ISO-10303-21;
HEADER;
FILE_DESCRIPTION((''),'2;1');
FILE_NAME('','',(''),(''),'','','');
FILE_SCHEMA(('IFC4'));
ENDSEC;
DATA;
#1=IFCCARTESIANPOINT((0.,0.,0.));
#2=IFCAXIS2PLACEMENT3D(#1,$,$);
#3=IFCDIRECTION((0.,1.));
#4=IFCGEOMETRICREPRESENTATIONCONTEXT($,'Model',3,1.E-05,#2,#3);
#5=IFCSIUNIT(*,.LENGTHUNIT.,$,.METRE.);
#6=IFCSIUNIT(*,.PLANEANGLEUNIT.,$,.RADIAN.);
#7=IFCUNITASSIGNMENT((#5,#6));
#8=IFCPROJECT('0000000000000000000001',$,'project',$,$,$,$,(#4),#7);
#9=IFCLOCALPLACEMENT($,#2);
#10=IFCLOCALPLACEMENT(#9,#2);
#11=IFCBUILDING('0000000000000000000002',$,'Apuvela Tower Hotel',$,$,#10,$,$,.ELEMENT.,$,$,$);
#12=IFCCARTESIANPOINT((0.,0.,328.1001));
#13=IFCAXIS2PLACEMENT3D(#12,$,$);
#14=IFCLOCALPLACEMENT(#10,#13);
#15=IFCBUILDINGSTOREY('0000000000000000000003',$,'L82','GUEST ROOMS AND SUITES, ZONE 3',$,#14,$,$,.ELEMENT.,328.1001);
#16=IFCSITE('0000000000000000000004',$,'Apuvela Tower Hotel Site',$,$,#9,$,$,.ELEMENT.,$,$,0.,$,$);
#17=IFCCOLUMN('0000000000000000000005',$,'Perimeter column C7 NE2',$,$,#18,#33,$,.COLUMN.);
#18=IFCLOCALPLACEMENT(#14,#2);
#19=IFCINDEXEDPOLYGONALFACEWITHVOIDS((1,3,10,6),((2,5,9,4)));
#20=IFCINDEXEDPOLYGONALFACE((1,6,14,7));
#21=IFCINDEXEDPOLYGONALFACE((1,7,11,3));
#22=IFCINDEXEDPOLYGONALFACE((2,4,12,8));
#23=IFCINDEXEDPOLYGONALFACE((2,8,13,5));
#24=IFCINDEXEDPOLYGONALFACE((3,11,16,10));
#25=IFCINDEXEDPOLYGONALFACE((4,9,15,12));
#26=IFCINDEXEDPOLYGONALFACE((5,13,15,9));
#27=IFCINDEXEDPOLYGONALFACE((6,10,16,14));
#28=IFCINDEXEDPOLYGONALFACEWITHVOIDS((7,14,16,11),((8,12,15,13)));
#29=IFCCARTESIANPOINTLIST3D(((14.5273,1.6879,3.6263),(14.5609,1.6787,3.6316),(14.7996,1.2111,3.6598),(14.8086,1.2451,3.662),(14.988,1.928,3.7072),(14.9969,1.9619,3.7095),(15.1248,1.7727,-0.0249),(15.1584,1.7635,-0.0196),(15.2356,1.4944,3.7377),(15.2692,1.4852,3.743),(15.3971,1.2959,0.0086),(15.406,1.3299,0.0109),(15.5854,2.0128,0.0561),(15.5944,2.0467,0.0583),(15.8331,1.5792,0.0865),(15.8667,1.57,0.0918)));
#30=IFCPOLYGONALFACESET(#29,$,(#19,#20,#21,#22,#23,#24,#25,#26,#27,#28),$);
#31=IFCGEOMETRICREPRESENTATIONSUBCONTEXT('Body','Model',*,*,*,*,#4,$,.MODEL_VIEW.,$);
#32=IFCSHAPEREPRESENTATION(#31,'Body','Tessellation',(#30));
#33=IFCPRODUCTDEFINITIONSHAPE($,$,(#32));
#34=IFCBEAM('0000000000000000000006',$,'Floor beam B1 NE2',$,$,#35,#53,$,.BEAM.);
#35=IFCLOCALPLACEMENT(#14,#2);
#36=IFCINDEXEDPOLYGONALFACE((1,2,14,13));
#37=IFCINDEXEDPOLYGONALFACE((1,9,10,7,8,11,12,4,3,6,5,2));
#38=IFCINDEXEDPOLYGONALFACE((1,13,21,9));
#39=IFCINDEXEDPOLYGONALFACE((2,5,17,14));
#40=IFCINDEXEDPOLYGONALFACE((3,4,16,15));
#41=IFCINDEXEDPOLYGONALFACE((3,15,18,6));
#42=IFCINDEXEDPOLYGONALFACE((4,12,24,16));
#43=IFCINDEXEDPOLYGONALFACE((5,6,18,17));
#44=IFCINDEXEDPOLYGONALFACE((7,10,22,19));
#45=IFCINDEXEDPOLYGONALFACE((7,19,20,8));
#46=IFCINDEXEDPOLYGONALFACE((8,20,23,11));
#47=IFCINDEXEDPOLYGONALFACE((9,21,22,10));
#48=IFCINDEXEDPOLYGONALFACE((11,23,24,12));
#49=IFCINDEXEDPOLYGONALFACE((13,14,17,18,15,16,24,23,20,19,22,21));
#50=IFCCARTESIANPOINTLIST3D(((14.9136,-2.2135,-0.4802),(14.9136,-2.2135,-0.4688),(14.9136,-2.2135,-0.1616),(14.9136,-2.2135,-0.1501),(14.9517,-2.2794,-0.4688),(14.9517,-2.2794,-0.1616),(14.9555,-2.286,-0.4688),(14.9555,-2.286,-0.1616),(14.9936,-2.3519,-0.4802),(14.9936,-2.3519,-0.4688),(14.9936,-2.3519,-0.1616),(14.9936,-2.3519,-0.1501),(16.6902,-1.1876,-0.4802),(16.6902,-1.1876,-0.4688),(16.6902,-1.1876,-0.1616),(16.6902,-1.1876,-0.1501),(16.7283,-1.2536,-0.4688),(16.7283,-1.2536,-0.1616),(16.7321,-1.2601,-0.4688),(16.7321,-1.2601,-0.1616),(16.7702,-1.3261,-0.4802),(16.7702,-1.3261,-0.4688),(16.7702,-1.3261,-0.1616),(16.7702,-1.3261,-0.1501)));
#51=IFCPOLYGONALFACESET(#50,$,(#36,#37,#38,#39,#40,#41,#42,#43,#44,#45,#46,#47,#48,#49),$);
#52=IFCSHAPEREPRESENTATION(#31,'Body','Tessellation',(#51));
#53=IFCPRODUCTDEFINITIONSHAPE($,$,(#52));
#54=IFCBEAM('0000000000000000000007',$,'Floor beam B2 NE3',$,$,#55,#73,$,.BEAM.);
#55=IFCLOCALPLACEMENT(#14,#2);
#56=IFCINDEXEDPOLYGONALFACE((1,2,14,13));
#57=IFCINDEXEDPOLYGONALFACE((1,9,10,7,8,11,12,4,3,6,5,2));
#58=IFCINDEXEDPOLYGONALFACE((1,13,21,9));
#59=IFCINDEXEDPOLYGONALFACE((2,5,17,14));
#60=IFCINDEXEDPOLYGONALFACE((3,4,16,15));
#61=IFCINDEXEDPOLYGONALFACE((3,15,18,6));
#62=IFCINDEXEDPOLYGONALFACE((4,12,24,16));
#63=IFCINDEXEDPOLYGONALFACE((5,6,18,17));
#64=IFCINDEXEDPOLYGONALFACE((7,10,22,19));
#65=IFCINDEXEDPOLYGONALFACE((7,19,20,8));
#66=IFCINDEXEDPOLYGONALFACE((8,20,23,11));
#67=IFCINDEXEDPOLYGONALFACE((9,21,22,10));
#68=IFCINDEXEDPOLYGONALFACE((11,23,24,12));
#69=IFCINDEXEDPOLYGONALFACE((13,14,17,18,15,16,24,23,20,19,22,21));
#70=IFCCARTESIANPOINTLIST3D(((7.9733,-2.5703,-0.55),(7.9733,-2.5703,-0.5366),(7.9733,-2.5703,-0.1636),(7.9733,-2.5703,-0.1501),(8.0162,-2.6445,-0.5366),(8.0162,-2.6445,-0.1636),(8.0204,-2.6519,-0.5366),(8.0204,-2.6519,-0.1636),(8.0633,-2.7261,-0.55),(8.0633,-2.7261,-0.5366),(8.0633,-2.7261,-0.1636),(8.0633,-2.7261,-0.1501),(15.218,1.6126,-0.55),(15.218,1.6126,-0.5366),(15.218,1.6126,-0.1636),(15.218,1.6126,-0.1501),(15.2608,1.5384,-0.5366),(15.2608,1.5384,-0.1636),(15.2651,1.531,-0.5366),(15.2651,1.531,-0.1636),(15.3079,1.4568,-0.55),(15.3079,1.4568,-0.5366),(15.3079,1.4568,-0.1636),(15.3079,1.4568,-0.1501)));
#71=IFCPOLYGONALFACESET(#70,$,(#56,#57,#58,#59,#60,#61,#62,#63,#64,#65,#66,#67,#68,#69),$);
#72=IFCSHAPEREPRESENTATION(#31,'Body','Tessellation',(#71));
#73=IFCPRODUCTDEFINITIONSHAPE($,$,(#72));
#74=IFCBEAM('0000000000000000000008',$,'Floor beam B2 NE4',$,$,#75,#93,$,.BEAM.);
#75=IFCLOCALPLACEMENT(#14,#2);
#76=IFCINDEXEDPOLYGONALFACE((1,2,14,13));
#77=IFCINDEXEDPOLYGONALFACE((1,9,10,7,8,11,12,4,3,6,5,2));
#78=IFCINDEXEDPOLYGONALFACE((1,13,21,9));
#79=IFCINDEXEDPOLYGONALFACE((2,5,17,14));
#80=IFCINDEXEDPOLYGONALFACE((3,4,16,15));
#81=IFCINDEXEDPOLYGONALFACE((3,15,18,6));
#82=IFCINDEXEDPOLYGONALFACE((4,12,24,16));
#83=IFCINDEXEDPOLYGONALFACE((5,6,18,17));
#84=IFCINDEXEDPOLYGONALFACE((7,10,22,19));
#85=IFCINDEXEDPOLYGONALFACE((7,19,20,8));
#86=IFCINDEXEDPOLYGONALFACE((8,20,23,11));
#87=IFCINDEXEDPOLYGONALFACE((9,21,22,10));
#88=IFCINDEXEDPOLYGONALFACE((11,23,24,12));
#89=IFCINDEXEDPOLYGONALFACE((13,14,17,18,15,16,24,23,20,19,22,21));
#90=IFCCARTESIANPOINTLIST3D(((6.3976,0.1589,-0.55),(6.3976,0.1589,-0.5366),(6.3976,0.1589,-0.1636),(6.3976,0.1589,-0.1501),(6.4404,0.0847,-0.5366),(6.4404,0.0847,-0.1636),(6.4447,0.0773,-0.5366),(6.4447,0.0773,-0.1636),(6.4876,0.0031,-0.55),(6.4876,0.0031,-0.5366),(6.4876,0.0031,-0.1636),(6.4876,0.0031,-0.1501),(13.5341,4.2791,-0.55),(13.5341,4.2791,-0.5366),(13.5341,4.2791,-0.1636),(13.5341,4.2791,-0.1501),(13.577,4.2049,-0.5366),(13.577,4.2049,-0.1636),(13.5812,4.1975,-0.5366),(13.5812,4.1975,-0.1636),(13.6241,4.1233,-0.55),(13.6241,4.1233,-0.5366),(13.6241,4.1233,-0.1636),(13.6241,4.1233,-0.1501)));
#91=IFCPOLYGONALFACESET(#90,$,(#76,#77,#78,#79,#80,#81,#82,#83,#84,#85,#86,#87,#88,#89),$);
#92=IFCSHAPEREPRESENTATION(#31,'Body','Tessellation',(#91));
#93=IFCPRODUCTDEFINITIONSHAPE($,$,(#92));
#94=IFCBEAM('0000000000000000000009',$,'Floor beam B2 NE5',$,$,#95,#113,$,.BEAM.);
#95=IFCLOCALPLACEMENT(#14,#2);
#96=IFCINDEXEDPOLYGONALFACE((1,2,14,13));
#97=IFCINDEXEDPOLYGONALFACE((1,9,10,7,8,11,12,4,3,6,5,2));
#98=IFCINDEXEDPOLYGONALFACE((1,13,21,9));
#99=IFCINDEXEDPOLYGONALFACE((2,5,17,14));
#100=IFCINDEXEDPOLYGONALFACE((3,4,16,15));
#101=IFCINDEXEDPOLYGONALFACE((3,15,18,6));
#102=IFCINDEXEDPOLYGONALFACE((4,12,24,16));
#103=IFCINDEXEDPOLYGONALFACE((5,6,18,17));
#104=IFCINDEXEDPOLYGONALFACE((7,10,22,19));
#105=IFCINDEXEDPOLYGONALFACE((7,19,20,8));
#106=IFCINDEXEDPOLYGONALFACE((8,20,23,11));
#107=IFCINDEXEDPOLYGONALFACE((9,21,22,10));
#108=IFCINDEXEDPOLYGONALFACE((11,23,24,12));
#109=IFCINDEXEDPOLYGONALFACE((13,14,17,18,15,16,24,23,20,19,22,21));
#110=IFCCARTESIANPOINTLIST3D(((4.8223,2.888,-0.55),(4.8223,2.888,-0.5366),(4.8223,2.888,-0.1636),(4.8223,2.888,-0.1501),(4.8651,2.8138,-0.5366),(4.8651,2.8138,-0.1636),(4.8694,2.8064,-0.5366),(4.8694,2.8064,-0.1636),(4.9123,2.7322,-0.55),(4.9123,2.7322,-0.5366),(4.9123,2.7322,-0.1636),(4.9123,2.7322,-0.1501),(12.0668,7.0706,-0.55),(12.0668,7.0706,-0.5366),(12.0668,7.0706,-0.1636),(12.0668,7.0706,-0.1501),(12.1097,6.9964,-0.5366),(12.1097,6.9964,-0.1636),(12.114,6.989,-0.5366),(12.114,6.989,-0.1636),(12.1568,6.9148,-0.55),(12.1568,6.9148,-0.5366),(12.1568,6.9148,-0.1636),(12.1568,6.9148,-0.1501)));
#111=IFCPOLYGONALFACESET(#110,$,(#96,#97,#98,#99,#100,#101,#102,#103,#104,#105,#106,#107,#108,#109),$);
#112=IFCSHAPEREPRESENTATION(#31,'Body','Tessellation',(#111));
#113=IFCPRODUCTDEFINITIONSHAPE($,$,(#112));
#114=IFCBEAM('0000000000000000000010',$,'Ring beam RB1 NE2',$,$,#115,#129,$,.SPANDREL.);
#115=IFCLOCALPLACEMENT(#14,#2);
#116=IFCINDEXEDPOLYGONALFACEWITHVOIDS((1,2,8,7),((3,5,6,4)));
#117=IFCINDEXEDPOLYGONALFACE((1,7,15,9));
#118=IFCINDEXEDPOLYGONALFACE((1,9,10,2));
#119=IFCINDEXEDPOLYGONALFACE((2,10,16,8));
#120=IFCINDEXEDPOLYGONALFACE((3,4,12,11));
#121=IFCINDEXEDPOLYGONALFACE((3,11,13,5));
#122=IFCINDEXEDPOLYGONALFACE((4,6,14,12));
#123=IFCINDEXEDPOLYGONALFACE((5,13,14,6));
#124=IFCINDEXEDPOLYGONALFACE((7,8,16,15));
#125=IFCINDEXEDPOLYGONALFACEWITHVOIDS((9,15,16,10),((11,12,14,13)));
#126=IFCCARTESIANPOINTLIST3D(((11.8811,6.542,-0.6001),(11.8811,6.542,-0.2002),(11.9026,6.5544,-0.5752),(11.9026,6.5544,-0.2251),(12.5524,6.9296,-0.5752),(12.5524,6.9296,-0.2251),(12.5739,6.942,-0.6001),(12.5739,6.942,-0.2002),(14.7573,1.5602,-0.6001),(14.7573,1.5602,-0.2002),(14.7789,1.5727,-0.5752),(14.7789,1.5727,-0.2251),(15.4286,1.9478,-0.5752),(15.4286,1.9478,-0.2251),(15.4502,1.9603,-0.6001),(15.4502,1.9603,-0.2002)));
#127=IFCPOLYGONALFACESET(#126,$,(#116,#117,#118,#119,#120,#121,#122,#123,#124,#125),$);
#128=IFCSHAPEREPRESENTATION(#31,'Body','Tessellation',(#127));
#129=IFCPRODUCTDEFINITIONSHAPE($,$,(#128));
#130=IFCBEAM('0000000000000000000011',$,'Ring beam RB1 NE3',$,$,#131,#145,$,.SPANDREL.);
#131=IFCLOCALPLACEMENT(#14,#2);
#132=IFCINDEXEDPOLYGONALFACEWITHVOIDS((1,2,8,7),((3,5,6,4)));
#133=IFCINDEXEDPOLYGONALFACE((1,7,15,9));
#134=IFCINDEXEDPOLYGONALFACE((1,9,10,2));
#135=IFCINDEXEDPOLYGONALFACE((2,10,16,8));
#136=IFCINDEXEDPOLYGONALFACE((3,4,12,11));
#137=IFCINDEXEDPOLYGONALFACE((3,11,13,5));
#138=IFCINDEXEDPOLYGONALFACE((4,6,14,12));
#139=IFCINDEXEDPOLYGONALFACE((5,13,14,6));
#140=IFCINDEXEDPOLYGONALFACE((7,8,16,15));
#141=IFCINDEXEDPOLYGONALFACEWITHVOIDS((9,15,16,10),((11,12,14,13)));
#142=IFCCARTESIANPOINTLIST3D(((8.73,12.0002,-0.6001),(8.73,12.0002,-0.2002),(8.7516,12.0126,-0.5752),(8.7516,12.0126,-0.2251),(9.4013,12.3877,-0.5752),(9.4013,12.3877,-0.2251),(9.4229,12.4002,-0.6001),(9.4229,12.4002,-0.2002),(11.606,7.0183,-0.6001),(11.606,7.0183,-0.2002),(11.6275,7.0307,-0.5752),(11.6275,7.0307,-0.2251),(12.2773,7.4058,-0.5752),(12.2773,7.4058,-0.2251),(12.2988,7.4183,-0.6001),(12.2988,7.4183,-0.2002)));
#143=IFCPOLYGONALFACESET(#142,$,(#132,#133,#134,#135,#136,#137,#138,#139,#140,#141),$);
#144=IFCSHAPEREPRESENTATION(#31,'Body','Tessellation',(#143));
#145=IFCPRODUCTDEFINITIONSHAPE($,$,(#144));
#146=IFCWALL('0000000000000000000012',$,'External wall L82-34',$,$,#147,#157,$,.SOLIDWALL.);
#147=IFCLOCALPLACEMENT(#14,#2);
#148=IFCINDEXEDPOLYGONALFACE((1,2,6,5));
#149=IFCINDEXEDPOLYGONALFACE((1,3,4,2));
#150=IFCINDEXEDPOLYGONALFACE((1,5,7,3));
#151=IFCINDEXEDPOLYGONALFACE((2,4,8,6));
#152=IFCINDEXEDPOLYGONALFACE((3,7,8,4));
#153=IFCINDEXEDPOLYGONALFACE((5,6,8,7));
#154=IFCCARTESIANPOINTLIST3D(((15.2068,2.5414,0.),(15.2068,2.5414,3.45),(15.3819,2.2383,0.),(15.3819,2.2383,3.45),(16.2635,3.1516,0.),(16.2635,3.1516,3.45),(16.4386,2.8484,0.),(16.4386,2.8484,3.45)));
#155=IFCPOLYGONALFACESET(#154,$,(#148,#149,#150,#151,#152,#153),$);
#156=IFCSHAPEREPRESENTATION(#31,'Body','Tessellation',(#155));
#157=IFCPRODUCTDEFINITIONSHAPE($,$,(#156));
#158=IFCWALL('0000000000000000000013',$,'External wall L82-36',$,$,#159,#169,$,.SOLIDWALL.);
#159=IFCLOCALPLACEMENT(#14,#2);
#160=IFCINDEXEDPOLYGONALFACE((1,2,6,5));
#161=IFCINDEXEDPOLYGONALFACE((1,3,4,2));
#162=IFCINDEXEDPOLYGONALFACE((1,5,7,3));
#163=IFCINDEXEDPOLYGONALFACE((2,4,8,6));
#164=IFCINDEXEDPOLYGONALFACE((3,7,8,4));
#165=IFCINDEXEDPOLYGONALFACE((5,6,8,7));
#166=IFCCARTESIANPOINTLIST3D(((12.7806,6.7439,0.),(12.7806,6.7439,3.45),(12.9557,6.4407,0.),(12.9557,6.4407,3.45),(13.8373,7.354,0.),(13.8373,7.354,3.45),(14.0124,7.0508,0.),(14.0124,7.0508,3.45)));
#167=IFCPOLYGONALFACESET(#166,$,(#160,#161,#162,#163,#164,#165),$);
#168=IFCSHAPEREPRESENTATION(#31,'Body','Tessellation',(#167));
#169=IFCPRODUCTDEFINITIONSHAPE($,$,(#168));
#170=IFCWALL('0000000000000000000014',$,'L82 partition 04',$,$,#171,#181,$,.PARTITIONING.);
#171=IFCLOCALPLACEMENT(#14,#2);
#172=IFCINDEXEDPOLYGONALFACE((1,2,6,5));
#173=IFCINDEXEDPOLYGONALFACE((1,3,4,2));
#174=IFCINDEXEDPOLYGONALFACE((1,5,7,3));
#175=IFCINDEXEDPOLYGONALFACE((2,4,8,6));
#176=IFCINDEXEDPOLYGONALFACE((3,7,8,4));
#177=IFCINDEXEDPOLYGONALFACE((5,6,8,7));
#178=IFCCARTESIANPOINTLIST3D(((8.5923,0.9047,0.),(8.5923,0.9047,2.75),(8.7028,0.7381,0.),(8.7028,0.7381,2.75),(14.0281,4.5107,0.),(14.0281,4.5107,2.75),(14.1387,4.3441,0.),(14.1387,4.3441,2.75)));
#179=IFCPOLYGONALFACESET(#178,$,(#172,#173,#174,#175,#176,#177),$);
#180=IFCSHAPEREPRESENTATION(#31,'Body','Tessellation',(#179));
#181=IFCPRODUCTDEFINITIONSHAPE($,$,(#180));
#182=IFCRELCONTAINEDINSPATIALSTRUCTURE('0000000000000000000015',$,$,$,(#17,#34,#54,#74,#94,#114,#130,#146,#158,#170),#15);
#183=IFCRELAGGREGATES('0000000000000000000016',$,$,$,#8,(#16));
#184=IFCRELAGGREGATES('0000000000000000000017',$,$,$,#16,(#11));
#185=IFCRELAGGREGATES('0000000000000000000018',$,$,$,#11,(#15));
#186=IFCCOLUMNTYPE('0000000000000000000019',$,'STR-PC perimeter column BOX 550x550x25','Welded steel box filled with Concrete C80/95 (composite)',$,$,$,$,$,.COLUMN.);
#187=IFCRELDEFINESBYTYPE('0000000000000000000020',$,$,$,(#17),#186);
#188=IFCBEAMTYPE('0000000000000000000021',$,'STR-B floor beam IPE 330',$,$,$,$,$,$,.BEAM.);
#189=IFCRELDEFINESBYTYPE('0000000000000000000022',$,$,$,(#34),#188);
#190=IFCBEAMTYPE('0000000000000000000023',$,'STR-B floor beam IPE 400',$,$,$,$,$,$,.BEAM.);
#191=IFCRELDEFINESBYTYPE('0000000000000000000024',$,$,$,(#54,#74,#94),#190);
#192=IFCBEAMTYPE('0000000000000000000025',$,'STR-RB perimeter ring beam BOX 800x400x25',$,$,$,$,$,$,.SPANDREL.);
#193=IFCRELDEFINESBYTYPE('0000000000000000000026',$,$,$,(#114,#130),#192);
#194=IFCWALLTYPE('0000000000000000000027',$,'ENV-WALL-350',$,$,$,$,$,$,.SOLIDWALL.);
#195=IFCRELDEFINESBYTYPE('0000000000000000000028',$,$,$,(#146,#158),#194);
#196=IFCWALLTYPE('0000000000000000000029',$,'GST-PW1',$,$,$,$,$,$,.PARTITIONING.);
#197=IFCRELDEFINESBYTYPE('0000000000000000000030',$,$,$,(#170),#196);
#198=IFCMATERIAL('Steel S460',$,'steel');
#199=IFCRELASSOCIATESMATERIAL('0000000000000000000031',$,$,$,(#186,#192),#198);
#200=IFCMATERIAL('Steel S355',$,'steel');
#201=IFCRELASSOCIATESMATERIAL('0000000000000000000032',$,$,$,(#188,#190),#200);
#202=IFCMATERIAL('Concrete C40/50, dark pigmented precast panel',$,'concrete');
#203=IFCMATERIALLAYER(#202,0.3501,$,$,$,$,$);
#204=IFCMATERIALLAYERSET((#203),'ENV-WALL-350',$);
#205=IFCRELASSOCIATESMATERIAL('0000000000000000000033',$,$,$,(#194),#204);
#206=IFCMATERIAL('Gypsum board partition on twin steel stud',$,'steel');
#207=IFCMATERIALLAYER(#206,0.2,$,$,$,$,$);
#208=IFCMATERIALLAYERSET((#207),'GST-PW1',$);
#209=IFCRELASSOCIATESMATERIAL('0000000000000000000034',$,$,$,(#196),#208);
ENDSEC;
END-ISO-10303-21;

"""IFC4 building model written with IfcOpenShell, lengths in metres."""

from ifc_helpers import new_model, si_unit, direction, frame, frame_2d, origin, origin_2d, place, context, subcontext, project, spatial, rectangle, hollow_rectangle, i_section, extrude, boolean, halfspace, material, layer, layer_set, material_profile, profile_set, type_object, element, save


model = new_model("IFC4")

# Units and contexts
model_context = context("Model", 3, precision=1e-05, world=origin(), true_north=direction((0.0, 1.0)))
body_context = subcontext(model_context, "Body", "Model", "MODEL_VIEW")
ifc_project = project(units=[si_unit("LENGTHUNIT", "METRE"), si_unit("PLANEANGLEUNIT", "RADIAN")], contexts=[model_context])

# Site, building, storey
site_placement = place(None, origin())
site = spatial("IfcSite", under=ifc_project, at=site_placement, Name="Apuvela Tower Hotel Site", CompositionType="ELEMENT", RefElevation=0.0)
building_placement = place(site_placement, origin())
building = spatial("IfcBuilding", under=site, at=building_placement, Name="Apuvela Tower Hotel", CompositionType="ELEMENT")
storey_placement = place(building_placement, frame((0.0, 0.0, 328.1001)))
storey = spatial("IfcBuildingStorey", under=building, at=storey_placement, Name="L82", Description="GUEST ROOMS AND SUITES, ZONE 3", CompositionType="ELEMENT", Elevation=328.1001)

# Column
ifc_material_1 = material(Name="Steel S460", Category="steel")
ifc_material_profile_1 = material_profile(ifc_material_1, hollow_rectangle(XDim=0.55, YDim=0.55, WallThickness=0.0249, at=origin_2d()), Name="BOX 550x550x25")
ifc_material_2 = material(Name="Concrete C80/95", Category="concrete")
ifc_material_profile_2 = material_profile(ifc_material_2, rectangle(XDim=0.5, YDim=0.5, at=origin_2d()), Name="Concrete C80/95 infill")
ifc_profile_set_1 = profile_set([ifc_material_profile_1, ifc_material_profile_2], Name="Steel S460")
column_type = type_object("IfcColumnType", Name="STR-PC perimeter column BOX 550x550x25", Description="Welded steel box filled with Concrete C80/95 (composite)", PredefinedType="COLUMN", material=ifc_profile_set_1)
column_1_placement = place(storey_placement, frame((15.5012, 1.6721, 0.0), z_axis=(-0.161452, -0.022916, 0.986614), x_axis=(0.495072, -0.866716, 0.060884)))
element("IfcColumn", 1, at=column_1_placement, inside=storey, type_object=column_type, Name="Perimeter column C7 NE2", PredefinedType="COLUMN", context=body_context, shape_type="SweptSolid", body=[
    boolean("DIFFERENCE", boolean("DIFFERENCE", extrude(hollow_rectangle(XDim=0.55, YDim=0.55, WallThickness=0.0249, at=origin_2d()), origin(), (0.0, 0.0, 1.0), 3.7502), halfspace(frame((0.0, 0.0, 0.0339), z_axis=(0.0, 0.0, 1.0), x_axis=(1.0, 0.0, 0.0)), True)), halfspace(frame((0.0, 0.0, 3.7346), z_axis=(0.0, 0.0, 1.0), x_axis=(1.0, 0.0, 0.0)), False)),
])

# Beams
ifc_material_3 = material(Name="Steel S355", Category="steel")
ifc_material_profile_3 = material_profile(ifc_material_3, i_section(OverallWidth=0.1599, OverallDepth=0.3301, WebThickness=0.0076, FlangeThickness=0.0115, at=origin_2d()), Name="IPE 330")
ifc_profile_set_2 = profile_set([ifc_material_profile_3], Name="Steel S355")
beam_type_1 = type_object("IfcBeamType", Name="STR-B floor beam IPE 330", PredefinedType="BEAM", material=ifc_profile_set_2)
beam_1_placement = place(storey_placement, frame((16.7302, -1.2568, -0.3152), z_axis=(-0.865993, -0.500056, 0.0), x_axis=(0.500056, -0.865993, 0.0)))
element("IfcBeam", 2, at=beam_1_placement, inside=storey, type_object=beam_type_1, Name="Floor beam B1 NE2", PredefinedType="BEAM", context=body_context, shape_type="SweptSolid", body=[
    extrude(i_section(OverallWidth=0.1599, OverallDepth=0.3301, WebThickness=0.0076, FlangeThickness=0.0115, at=origin_2d()), origin(), (0.0, 0.0, 1.0), 2.0515),
])
ifc_material_profile_4 = material_profile(ifc_material_3, i_section(OverallWidth=0.1799, OverallDepth=0.3999, WebThickness=0.0085, FlangeThickness=0.0134, at=origin_2d()), Name="IPE 400")
ifc_profile_set_3 = profile_set([ifc_material_profile_4], Name="Steel S355")
beam_type_2 = type_object("IfcBeamType", Name="STR-B floor beam IPE 400", PredefinedType="BEAM", material=ifc_profile_set_3)
beam_2_placement = place(storey_placement, frame((15.2629, 1.5347, -0.3501), z_axis=(-0.866016, -0.500015, 0.0), x_axis=(0.500015, -0.866016, 0.0)))
element("IfcBeam", 3, at=beam_2_placement, inside=storey, type_object=beam_type_2, Name="Floor beam B2 NE3", PredefinedType="BEAM", context=body_context, shape_type="SweptSolid", body=[
    extrude(i_section(OverallWidth=0.1799, OverallDepth=0.3999, WebThickness=0.0085, FlangeThickness=0.0134, at=origin_2d()), origin(), (0.0, 0.0, 1.0), 8.3655),
])
beam_3_placement = place(storey_placement, frame((13.5791, 4.2012, -0.3501), z_axis=(-0.866032, -0.499988, 0.0), x_axis=(0.499988, -0.866032, 0.0)))
element("IfcBeam", 4, at=beam_3_placement, inside=storey, type_object=beam_type_2, Name="Floor beam B2 NE4", PredefinedType="BEAM", context=body_context, shape_type="SweptSolid", body=[
    extrude(i_section(OverallWidth=0.1799, OverallDepth=0.3999, WebThickness=0.0085, FlangeThickness=0.0134, at=origin_2d()), origin(), (0.0, 0.0, 1.0), 8.2405),
])
beam_4_placement = place(storey_placement, frame((12.1118, 6.9927, -0.3501), z_axis=(-0.866029, -0.499994, 0.0), x_axis=(0.499994, -0.866029, 0.0)))
element("IfcBeam", 5, at=beam_4_placement, inside=storey, type_object=beam_type_2, Name="Floor beam B2 NE5", PredefinedType="BEAM", context=body_context, shape_type="SweptSolid", body=[
    extrude(i_section(OverallWidth=0.1799, OverallDepth=0.3999, WebThickness=0.0085, FlangeThickness=0.0134, at=origin_2d()), origin(), (0.0, 0.0, 1.0), 8.3652),
])
ifc_material_profile_5 = material_profile(ifc_material_1, hollow_rectangle(XDim=0.8, YDim=0.3999, WallThickness=0.0249, at=origin_2d()), Name="BOX 800x400x25")
ifc_profile_set_4 = profile_set([ifc_material_profile_5], Name="Steel S460")
beam_type_3 = type_object("IfcBeamType", Name="STR-RB perimeter ring beam BOX 800x400x25", PredefinedType="SPANDREL", material=ifc_profile_set_4)
for number, where, z_axis, x_axis, name in (
    (6, (15.1038, 1.7603, -0.4001), (-0.500005, 0.866022, 0.0), (-0.866022, -0.500005, 0.0), "Ring beam RB1 NE2"),
    (7, (11.9524, 7.2183, -0.4001), (-0.499955, 0.866051, 0.0), (-0.866051, -0.499955, 0.0), "Ring beam RB1 NE3"),
):
    element("IfcBeam", number, at=place(storey_placement, frame(where, z_axis=z_axis, x_axis=x_axis)), inside=storey, type_object=beam_type_3, Name=name, PredefinedType="SPANDREL", context=body_context, shape_type="SweptSolid", body=[
        extrude(hollow_rectangle(XDim=0.8, YDim=0.3999, WallThickness=0.0249, at=origin_2d()), origin(), (0.0, 0.0, 1.0), 5.7524),
    ])

# Wall
ifc_material_4 = material(Name="Concrete C40/50, dark pigmented precast panel", Category="concrete")
ifc_layer_1 = layer(ifc_material_4, 0.3501)
ifc_layer_set_1 = layer_set([ifc_layer_1], Name="ENV-WALL-350")
wall_type_1 = type_object("IfcWallType", Name="ENV-WALL-350", PredefinedType="SOLIDWALL", material=ifc_layer_set_1)
wall_1_placement = place(storey_placement, frame((16.3511, 3.0, 0.0), z_axis=(0.0, 0.0, 1.0), x_axis=(-0.866006, -0.500034, 0.0)))
element("IfcWall", 8, at=wall_1_placement, inside=storey, type_object=wall_type_1, Name="External wall L82-34", PredefinedType="SOLIDWALL", context=body_context, shape_type="SweptSolid", body=[
    extrude(rectangle(XDim=1.2202, YDim=0.3501, at=frame_2d((0.6101, 0.0))), origin(), (0.0, 0.0, 1.0), 3.45),
])

# Wall
wall_2_placement = place(storey_placement, frame((12.8682, 6.5923, 0.0), z_axis=(0.0, 0.0, 1.0), x_axis=(0.866006, 0.500034, 0.0)))
element("IfcWall", 9, at=wall_2_placement, inside=storey, type_object=wall_type_1, Name="External wall L82-36", PredefinedType="SOLIDWALL", context=body_context, shape_type="SweptSolid", body=[
    extrude(rectangle(XDim=1.2202, YDim=0.3501, at=frame_2d((0.6101, 0.0))), origin(), (0.0, 0.0, 1.0), 3.45),
])

# Wall
ifc_material_5 = material(Name="Gypsum board partition on twin steel stud", Category="steel")
ifc_layer_2 = layer(ifc_material_5, 0.2)
ifc_layer_set_2 = layer_set([ifc_layer_2], Name="GST-PW1")
wall_type_2 = type_object("IfcWallType", Name="GST-PW1", PredefinedType="PARTITIONING", material=ifc_layer_set_2)
wall_3_placement = place(storey_placement, frame((14.0835, 4.4275, 0.0), z_axis=(0.0, 0.0, 1.0), x_axis=(-0.833315, -0.552799, 0.0)))
element("IfcWall", 10, at=wall_3_placement, inside=storey, type_object=wall_type_2, Name="L82 partition 04", PredefinedType="PARTITIONING", context=body_context, shape_type="SweptSolid", body=[
    extrude(rectangle(XDim=6.5232, YDim=0.2, at=frame_2d((3.2617, 0.0))), origin(), (0.0, 0.0, 1.0), 2.75),
])

save(model, "model.ifc")
